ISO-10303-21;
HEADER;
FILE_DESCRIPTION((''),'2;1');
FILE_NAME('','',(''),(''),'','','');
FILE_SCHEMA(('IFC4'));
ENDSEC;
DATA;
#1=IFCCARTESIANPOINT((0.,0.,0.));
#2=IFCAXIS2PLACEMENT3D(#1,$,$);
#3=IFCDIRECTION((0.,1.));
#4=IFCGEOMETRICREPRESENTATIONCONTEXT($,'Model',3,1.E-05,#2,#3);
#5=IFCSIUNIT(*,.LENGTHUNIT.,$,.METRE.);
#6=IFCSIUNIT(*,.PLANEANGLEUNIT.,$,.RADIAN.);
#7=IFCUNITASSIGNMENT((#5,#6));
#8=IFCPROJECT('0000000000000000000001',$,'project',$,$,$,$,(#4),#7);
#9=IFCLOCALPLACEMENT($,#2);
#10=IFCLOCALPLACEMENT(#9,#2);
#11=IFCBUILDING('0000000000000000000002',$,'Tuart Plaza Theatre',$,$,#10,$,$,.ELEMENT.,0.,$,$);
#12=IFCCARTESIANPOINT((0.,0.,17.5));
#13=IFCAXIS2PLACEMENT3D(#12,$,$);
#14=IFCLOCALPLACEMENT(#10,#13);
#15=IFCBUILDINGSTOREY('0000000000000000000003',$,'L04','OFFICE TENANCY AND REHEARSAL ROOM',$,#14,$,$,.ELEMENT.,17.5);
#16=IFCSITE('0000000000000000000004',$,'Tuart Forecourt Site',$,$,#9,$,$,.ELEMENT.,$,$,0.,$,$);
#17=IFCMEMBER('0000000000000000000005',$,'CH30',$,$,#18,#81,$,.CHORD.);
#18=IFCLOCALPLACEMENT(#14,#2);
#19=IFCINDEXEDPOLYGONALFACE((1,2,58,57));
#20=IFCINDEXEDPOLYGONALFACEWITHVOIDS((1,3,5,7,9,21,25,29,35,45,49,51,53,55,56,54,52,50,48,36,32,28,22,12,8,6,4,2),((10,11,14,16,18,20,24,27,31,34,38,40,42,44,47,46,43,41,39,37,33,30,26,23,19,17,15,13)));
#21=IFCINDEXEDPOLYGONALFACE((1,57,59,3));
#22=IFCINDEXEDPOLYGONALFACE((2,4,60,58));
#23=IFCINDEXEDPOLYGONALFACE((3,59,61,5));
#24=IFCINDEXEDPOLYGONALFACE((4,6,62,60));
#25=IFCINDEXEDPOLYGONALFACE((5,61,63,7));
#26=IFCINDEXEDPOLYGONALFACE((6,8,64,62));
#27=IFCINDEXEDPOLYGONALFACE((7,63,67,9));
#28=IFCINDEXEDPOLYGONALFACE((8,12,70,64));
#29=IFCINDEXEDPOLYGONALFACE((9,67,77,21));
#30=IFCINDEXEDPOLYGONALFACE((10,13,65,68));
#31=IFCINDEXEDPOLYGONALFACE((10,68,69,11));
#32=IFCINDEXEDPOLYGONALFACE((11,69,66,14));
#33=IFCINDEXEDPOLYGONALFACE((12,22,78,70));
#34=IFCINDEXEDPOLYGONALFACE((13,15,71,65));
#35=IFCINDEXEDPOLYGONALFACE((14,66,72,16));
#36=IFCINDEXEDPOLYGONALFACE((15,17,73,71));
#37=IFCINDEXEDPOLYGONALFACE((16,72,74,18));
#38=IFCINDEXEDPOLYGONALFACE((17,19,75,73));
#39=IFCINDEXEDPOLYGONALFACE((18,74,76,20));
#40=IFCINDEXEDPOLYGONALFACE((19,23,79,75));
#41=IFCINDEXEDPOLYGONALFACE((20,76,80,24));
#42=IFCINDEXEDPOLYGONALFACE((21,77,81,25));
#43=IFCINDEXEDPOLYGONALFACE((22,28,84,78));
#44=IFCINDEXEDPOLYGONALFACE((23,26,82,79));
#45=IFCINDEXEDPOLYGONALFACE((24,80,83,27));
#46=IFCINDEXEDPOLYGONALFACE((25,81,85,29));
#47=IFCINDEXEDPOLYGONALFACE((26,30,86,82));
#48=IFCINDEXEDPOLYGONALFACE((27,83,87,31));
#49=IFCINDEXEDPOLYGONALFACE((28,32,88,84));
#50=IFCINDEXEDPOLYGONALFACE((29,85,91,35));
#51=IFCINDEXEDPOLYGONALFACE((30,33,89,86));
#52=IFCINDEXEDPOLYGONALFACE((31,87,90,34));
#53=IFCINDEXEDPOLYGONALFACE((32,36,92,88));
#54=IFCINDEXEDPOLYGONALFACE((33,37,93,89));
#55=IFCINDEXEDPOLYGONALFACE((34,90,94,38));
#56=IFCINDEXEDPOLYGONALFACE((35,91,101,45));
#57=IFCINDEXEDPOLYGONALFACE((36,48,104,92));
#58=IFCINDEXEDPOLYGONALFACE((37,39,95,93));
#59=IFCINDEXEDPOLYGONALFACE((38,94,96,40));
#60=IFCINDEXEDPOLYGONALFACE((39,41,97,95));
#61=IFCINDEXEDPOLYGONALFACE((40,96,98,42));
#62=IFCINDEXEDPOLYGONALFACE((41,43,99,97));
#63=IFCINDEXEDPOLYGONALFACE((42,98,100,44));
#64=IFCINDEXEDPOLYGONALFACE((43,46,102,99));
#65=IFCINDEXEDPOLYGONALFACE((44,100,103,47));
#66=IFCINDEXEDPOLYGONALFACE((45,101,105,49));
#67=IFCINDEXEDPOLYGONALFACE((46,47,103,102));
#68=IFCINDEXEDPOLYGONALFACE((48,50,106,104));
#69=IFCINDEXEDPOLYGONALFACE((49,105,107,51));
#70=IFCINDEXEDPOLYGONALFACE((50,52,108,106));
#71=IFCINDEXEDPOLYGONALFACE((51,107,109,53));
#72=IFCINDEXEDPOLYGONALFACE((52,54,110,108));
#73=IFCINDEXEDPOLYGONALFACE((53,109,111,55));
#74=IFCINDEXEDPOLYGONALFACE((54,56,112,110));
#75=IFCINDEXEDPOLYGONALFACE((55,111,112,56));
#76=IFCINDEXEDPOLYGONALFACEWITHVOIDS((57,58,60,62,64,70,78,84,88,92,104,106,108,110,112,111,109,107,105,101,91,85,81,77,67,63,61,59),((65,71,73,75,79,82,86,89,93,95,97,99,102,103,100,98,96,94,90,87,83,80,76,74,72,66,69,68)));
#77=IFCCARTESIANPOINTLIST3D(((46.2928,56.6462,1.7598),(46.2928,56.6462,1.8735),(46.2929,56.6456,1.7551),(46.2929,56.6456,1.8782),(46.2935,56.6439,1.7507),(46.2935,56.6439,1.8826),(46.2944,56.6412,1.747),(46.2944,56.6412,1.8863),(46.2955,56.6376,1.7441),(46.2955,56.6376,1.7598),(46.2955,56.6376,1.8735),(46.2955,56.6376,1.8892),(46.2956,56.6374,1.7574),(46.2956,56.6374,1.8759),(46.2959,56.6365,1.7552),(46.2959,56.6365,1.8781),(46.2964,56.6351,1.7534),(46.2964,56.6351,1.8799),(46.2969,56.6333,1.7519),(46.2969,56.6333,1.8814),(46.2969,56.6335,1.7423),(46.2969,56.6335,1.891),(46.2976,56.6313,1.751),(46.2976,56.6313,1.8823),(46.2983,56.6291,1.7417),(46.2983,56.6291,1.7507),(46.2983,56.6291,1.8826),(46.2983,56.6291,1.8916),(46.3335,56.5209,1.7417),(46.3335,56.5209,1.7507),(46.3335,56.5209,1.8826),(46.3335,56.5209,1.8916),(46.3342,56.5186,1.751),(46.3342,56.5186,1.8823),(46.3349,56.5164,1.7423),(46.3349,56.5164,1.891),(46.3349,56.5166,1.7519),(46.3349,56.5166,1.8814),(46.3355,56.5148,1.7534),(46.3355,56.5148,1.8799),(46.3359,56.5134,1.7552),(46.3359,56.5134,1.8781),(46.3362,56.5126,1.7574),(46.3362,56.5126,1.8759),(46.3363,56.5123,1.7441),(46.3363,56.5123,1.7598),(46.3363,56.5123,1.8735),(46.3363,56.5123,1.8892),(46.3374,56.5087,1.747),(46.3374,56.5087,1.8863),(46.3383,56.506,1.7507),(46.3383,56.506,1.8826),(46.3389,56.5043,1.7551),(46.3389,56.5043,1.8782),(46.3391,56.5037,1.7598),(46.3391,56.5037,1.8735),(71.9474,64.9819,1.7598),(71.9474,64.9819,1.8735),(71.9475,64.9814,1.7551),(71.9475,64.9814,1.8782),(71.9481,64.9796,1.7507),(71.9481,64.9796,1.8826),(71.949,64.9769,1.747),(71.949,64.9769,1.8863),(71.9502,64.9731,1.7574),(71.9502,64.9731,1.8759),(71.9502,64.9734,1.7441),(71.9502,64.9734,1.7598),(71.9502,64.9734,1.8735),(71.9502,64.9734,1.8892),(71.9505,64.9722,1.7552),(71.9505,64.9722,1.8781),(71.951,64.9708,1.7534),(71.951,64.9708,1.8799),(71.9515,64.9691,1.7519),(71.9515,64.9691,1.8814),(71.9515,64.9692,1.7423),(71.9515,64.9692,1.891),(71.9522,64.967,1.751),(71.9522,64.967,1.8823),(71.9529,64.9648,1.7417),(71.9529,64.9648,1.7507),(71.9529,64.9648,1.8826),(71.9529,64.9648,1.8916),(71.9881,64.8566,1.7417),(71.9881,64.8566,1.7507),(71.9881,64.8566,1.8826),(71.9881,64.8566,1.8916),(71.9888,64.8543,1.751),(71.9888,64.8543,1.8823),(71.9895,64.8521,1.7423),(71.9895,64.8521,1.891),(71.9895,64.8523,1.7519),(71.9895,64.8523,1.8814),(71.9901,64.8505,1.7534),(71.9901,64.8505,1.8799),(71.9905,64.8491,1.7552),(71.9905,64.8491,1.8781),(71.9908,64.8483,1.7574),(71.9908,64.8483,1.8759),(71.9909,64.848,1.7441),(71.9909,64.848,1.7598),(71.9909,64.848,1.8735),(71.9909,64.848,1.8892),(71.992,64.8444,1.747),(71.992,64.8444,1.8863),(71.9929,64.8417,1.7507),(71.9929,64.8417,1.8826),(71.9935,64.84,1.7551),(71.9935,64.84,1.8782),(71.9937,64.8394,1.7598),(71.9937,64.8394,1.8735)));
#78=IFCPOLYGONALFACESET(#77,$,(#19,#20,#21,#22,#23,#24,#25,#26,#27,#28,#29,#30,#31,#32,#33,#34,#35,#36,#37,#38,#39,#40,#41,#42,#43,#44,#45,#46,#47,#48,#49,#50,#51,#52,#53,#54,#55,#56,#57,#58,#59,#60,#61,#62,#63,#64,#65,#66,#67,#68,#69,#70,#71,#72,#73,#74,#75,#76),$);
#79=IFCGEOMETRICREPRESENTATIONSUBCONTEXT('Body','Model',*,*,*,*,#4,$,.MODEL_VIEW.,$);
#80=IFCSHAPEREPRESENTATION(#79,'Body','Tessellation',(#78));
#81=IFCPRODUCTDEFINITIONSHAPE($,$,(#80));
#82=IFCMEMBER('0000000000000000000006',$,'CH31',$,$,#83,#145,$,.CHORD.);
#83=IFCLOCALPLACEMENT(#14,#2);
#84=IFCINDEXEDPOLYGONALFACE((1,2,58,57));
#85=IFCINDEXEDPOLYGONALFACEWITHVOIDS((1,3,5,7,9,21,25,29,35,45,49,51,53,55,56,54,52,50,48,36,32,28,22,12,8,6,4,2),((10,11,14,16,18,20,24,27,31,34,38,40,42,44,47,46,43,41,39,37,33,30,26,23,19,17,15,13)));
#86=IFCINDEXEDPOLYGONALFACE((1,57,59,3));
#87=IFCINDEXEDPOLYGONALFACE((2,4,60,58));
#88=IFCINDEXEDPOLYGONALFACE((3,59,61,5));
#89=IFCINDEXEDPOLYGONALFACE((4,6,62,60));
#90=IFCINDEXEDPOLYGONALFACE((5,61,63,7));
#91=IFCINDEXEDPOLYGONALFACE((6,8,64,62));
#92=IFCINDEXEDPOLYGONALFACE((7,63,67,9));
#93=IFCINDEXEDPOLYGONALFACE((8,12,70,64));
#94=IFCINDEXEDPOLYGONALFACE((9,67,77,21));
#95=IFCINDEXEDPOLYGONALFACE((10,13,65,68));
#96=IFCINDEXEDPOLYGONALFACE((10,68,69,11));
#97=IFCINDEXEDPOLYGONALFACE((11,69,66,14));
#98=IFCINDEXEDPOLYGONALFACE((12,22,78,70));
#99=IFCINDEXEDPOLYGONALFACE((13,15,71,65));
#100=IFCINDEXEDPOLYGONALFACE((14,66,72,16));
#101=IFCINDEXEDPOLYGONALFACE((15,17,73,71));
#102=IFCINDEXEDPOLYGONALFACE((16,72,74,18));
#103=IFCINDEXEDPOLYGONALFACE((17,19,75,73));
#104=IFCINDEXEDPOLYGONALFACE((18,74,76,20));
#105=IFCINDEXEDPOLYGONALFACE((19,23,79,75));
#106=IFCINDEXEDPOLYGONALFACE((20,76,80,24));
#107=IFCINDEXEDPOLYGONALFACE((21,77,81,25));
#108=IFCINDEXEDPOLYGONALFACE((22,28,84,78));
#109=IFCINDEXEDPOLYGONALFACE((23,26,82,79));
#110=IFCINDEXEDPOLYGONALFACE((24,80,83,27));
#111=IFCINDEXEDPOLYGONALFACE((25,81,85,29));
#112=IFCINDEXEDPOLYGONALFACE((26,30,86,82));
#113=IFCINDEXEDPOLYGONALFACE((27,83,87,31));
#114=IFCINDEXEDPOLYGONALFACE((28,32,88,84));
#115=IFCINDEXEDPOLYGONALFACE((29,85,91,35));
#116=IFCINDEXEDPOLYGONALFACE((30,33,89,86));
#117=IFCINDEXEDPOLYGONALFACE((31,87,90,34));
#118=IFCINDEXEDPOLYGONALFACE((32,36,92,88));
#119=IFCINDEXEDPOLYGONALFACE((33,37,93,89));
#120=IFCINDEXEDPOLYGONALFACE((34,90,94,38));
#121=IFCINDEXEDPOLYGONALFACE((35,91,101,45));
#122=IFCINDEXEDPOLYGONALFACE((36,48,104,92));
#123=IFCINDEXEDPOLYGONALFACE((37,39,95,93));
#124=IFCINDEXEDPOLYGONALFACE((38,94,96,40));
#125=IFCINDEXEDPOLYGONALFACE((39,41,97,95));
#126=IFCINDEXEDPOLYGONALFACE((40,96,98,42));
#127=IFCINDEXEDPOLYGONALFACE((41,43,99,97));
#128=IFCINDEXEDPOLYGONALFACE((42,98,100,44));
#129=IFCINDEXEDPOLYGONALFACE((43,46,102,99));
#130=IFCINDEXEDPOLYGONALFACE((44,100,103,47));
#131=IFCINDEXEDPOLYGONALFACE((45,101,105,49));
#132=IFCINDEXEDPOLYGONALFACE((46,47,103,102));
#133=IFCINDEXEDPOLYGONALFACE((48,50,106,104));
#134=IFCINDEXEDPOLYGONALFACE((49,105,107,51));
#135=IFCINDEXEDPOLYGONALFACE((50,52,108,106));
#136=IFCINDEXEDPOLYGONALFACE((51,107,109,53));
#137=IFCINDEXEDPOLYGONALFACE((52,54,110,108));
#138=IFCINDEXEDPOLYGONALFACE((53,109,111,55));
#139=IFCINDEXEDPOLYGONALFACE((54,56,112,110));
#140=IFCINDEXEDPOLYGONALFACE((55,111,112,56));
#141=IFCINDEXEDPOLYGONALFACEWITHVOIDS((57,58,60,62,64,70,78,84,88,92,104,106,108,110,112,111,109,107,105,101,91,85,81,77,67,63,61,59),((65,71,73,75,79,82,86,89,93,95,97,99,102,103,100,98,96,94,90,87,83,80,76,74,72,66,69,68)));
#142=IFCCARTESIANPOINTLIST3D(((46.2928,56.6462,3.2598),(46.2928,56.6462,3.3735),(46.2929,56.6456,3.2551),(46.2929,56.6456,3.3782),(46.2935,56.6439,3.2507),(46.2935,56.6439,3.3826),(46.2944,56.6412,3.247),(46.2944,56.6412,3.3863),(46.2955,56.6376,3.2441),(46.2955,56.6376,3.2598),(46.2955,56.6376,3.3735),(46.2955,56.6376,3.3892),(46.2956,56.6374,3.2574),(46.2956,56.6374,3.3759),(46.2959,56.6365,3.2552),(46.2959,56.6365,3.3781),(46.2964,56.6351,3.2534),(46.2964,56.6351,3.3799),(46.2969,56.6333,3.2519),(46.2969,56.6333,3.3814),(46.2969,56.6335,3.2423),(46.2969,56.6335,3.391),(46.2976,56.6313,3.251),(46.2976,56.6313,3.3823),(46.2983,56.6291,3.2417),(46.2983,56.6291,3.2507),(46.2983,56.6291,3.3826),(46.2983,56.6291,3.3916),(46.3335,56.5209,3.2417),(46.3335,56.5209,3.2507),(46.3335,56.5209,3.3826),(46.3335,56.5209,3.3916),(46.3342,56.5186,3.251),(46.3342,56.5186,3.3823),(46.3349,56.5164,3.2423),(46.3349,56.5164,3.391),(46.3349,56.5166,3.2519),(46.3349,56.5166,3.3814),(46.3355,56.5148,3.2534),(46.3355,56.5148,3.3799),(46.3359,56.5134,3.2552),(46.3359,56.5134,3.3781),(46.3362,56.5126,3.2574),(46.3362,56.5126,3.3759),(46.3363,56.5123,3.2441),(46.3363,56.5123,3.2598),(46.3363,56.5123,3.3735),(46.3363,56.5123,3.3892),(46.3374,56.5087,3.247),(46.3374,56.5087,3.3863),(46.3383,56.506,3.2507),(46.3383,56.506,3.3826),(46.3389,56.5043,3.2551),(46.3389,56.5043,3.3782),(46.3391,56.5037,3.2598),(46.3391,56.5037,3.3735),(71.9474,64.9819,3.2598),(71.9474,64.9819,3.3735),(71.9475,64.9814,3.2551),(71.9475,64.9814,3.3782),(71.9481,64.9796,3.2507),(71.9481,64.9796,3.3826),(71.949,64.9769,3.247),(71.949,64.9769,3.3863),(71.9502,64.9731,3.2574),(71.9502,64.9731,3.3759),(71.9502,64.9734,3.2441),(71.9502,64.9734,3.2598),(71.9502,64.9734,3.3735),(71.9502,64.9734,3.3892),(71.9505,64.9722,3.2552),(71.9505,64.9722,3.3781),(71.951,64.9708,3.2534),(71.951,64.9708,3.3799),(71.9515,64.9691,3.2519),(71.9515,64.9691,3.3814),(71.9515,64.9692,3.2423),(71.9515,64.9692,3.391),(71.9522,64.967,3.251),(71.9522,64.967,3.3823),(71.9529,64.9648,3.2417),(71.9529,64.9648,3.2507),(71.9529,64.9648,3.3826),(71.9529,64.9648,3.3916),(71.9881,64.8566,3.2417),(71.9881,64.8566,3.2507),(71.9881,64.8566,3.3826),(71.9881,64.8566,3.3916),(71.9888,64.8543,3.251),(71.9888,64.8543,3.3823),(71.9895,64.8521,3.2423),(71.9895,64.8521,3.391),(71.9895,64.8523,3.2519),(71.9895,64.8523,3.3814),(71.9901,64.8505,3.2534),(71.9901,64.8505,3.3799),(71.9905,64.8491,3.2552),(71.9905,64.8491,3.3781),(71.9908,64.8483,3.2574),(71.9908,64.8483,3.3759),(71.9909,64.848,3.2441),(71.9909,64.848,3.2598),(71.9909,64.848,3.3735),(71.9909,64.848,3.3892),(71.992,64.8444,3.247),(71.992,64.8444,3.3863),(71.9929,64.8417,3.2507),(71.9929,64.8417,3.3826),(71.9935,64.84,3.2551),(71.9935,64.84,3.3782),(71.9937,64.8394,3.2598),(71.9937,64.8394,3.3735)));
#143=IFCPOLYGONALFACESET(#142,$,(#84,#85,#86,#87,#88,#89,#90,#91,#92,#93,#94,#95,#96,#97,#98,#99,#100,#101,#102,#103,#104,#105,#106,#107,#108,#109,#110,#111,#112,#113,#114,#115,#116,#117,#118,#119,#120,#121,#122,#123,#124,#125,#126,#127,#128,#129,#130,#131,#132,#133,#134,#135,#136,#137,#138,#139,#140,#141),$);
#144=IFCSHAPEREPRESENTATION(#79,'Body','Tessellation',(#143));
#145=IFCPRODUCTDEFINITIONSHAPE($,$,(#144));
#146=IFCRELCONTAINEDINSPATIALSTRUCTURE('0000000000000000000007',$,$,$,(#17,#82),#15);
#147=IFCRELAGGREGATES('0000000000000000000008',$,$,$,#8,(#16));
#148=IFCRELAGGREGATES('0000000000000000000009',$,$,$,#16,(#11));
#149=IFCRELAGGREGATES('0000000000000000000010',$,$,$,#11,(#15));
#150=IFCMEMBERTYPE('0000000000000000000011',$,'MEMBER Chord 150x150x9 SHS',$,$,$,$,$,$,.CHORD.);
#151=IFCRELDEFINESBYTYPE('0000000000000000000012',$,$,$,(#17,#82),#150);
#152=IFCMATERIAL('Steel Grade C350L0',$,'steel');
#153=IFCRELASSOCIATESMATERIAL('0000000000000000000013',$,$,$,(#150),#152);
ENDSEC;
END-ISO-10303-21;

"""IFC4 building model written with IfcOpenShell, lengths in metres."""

from ifc_helpers import new_model, si_unit, direction, frame, origin, origin_2d, place, context, subcontext, project, spatial, hollow_rectangle, extrude, material, material_profile, profile_set, type_object, element, save


model = new_model("IFC4")

# Units and contexts
model_context = context("Model", 3, precision=1e-05, world=origin(), true_north=direction((0.0, 1.0)))
body_context = subcontext(model_context, "Body", "Model", "MODEL_VIEW")
ifc_project = project(units=[si_unit("LENGTHUNIT", "METRE"), si_unit("PLANEANGLEUNIT", "RADIAN")], contexts=[model_context])

# Site, building, storey
site_placement = place(None, origin())
site = spatial("IfcSite", under=ifc_project, at=site_placement, Name="Tuart Forecourt Site", CompositionType="ELEMENT", RefElevation=0.0)
building_placement = place(site_placement, origin())
building = spatial("IfcBuilding", under=site, at=building_placement, Name="Tuart Plaza Theatre", CompositionType="ELEMENT", ElevationOfRefHeight=0.0)
storey_placement = place(building_placement, frame((0.0, 0.0, 17.5)))
storey = spatial("IfcBuildingStorey", under=building, at=storey_placement, Name="L04", Description="OFFICE TENANCY AND REHEARSAL ROOM", CompositionType="ELEMENT", Elevation=17.5)

# Members
ifc_material_1 = material(Name="Steel Grade C350L0", Category="steel")
ifc_material_profile_1 = material_profile(ifc_material_1, hollow_rectangle(XDim=0.1499, YDim=0.1499, WallThickness=0.009, InnerFilletRadius=0.009, OuterFilletRadius=0.0181, at=origin_2d()), Name="150x150x9 SHS")
ifc_profile_set_1 = profile_set([ifc_material_profile_1], Name="Steel Grade C350L0")
member_type_1 = type_object("IfcMemberType", Name="MEMBER Chord 150x150x9 SHS", PredefinedType="CHORD", material=ifc_profile_set_1)
for number, where, z_axis, x_axis, name in (
    (1, (46.3159, 56.575, 1.8167), (0.951056, 0.309018, 0.0), (-0.309018, 0.951056, 0.0), "CH30"),
    (2, (46.3159, 56.575, 3.3167), (0.951056, 0.309018, 0.0), (-0.309018, 0.951056, 0.0), "CH31"),
):
    element("IfcMember", number, at=place(storey_placement, frame(where, z_axis=z_axis, x_axis=x_axis)), inside=storey, type_object=member_type_1, Name=name, PredefinedType="CHORD", context=body_context, shape_type="SweptSolid", body=[
        extrude(hollow_rectangle(XDim=0.1499, YDim=0.1499, WallThickness=0.009, InnerFilletRadius=0.009, OuterFilletRadius=0.0181, at=origin_2d()), origin(), (0.0, 0.0, 1.0), 26.9749),
    ])

save(model, "model.ifc")
